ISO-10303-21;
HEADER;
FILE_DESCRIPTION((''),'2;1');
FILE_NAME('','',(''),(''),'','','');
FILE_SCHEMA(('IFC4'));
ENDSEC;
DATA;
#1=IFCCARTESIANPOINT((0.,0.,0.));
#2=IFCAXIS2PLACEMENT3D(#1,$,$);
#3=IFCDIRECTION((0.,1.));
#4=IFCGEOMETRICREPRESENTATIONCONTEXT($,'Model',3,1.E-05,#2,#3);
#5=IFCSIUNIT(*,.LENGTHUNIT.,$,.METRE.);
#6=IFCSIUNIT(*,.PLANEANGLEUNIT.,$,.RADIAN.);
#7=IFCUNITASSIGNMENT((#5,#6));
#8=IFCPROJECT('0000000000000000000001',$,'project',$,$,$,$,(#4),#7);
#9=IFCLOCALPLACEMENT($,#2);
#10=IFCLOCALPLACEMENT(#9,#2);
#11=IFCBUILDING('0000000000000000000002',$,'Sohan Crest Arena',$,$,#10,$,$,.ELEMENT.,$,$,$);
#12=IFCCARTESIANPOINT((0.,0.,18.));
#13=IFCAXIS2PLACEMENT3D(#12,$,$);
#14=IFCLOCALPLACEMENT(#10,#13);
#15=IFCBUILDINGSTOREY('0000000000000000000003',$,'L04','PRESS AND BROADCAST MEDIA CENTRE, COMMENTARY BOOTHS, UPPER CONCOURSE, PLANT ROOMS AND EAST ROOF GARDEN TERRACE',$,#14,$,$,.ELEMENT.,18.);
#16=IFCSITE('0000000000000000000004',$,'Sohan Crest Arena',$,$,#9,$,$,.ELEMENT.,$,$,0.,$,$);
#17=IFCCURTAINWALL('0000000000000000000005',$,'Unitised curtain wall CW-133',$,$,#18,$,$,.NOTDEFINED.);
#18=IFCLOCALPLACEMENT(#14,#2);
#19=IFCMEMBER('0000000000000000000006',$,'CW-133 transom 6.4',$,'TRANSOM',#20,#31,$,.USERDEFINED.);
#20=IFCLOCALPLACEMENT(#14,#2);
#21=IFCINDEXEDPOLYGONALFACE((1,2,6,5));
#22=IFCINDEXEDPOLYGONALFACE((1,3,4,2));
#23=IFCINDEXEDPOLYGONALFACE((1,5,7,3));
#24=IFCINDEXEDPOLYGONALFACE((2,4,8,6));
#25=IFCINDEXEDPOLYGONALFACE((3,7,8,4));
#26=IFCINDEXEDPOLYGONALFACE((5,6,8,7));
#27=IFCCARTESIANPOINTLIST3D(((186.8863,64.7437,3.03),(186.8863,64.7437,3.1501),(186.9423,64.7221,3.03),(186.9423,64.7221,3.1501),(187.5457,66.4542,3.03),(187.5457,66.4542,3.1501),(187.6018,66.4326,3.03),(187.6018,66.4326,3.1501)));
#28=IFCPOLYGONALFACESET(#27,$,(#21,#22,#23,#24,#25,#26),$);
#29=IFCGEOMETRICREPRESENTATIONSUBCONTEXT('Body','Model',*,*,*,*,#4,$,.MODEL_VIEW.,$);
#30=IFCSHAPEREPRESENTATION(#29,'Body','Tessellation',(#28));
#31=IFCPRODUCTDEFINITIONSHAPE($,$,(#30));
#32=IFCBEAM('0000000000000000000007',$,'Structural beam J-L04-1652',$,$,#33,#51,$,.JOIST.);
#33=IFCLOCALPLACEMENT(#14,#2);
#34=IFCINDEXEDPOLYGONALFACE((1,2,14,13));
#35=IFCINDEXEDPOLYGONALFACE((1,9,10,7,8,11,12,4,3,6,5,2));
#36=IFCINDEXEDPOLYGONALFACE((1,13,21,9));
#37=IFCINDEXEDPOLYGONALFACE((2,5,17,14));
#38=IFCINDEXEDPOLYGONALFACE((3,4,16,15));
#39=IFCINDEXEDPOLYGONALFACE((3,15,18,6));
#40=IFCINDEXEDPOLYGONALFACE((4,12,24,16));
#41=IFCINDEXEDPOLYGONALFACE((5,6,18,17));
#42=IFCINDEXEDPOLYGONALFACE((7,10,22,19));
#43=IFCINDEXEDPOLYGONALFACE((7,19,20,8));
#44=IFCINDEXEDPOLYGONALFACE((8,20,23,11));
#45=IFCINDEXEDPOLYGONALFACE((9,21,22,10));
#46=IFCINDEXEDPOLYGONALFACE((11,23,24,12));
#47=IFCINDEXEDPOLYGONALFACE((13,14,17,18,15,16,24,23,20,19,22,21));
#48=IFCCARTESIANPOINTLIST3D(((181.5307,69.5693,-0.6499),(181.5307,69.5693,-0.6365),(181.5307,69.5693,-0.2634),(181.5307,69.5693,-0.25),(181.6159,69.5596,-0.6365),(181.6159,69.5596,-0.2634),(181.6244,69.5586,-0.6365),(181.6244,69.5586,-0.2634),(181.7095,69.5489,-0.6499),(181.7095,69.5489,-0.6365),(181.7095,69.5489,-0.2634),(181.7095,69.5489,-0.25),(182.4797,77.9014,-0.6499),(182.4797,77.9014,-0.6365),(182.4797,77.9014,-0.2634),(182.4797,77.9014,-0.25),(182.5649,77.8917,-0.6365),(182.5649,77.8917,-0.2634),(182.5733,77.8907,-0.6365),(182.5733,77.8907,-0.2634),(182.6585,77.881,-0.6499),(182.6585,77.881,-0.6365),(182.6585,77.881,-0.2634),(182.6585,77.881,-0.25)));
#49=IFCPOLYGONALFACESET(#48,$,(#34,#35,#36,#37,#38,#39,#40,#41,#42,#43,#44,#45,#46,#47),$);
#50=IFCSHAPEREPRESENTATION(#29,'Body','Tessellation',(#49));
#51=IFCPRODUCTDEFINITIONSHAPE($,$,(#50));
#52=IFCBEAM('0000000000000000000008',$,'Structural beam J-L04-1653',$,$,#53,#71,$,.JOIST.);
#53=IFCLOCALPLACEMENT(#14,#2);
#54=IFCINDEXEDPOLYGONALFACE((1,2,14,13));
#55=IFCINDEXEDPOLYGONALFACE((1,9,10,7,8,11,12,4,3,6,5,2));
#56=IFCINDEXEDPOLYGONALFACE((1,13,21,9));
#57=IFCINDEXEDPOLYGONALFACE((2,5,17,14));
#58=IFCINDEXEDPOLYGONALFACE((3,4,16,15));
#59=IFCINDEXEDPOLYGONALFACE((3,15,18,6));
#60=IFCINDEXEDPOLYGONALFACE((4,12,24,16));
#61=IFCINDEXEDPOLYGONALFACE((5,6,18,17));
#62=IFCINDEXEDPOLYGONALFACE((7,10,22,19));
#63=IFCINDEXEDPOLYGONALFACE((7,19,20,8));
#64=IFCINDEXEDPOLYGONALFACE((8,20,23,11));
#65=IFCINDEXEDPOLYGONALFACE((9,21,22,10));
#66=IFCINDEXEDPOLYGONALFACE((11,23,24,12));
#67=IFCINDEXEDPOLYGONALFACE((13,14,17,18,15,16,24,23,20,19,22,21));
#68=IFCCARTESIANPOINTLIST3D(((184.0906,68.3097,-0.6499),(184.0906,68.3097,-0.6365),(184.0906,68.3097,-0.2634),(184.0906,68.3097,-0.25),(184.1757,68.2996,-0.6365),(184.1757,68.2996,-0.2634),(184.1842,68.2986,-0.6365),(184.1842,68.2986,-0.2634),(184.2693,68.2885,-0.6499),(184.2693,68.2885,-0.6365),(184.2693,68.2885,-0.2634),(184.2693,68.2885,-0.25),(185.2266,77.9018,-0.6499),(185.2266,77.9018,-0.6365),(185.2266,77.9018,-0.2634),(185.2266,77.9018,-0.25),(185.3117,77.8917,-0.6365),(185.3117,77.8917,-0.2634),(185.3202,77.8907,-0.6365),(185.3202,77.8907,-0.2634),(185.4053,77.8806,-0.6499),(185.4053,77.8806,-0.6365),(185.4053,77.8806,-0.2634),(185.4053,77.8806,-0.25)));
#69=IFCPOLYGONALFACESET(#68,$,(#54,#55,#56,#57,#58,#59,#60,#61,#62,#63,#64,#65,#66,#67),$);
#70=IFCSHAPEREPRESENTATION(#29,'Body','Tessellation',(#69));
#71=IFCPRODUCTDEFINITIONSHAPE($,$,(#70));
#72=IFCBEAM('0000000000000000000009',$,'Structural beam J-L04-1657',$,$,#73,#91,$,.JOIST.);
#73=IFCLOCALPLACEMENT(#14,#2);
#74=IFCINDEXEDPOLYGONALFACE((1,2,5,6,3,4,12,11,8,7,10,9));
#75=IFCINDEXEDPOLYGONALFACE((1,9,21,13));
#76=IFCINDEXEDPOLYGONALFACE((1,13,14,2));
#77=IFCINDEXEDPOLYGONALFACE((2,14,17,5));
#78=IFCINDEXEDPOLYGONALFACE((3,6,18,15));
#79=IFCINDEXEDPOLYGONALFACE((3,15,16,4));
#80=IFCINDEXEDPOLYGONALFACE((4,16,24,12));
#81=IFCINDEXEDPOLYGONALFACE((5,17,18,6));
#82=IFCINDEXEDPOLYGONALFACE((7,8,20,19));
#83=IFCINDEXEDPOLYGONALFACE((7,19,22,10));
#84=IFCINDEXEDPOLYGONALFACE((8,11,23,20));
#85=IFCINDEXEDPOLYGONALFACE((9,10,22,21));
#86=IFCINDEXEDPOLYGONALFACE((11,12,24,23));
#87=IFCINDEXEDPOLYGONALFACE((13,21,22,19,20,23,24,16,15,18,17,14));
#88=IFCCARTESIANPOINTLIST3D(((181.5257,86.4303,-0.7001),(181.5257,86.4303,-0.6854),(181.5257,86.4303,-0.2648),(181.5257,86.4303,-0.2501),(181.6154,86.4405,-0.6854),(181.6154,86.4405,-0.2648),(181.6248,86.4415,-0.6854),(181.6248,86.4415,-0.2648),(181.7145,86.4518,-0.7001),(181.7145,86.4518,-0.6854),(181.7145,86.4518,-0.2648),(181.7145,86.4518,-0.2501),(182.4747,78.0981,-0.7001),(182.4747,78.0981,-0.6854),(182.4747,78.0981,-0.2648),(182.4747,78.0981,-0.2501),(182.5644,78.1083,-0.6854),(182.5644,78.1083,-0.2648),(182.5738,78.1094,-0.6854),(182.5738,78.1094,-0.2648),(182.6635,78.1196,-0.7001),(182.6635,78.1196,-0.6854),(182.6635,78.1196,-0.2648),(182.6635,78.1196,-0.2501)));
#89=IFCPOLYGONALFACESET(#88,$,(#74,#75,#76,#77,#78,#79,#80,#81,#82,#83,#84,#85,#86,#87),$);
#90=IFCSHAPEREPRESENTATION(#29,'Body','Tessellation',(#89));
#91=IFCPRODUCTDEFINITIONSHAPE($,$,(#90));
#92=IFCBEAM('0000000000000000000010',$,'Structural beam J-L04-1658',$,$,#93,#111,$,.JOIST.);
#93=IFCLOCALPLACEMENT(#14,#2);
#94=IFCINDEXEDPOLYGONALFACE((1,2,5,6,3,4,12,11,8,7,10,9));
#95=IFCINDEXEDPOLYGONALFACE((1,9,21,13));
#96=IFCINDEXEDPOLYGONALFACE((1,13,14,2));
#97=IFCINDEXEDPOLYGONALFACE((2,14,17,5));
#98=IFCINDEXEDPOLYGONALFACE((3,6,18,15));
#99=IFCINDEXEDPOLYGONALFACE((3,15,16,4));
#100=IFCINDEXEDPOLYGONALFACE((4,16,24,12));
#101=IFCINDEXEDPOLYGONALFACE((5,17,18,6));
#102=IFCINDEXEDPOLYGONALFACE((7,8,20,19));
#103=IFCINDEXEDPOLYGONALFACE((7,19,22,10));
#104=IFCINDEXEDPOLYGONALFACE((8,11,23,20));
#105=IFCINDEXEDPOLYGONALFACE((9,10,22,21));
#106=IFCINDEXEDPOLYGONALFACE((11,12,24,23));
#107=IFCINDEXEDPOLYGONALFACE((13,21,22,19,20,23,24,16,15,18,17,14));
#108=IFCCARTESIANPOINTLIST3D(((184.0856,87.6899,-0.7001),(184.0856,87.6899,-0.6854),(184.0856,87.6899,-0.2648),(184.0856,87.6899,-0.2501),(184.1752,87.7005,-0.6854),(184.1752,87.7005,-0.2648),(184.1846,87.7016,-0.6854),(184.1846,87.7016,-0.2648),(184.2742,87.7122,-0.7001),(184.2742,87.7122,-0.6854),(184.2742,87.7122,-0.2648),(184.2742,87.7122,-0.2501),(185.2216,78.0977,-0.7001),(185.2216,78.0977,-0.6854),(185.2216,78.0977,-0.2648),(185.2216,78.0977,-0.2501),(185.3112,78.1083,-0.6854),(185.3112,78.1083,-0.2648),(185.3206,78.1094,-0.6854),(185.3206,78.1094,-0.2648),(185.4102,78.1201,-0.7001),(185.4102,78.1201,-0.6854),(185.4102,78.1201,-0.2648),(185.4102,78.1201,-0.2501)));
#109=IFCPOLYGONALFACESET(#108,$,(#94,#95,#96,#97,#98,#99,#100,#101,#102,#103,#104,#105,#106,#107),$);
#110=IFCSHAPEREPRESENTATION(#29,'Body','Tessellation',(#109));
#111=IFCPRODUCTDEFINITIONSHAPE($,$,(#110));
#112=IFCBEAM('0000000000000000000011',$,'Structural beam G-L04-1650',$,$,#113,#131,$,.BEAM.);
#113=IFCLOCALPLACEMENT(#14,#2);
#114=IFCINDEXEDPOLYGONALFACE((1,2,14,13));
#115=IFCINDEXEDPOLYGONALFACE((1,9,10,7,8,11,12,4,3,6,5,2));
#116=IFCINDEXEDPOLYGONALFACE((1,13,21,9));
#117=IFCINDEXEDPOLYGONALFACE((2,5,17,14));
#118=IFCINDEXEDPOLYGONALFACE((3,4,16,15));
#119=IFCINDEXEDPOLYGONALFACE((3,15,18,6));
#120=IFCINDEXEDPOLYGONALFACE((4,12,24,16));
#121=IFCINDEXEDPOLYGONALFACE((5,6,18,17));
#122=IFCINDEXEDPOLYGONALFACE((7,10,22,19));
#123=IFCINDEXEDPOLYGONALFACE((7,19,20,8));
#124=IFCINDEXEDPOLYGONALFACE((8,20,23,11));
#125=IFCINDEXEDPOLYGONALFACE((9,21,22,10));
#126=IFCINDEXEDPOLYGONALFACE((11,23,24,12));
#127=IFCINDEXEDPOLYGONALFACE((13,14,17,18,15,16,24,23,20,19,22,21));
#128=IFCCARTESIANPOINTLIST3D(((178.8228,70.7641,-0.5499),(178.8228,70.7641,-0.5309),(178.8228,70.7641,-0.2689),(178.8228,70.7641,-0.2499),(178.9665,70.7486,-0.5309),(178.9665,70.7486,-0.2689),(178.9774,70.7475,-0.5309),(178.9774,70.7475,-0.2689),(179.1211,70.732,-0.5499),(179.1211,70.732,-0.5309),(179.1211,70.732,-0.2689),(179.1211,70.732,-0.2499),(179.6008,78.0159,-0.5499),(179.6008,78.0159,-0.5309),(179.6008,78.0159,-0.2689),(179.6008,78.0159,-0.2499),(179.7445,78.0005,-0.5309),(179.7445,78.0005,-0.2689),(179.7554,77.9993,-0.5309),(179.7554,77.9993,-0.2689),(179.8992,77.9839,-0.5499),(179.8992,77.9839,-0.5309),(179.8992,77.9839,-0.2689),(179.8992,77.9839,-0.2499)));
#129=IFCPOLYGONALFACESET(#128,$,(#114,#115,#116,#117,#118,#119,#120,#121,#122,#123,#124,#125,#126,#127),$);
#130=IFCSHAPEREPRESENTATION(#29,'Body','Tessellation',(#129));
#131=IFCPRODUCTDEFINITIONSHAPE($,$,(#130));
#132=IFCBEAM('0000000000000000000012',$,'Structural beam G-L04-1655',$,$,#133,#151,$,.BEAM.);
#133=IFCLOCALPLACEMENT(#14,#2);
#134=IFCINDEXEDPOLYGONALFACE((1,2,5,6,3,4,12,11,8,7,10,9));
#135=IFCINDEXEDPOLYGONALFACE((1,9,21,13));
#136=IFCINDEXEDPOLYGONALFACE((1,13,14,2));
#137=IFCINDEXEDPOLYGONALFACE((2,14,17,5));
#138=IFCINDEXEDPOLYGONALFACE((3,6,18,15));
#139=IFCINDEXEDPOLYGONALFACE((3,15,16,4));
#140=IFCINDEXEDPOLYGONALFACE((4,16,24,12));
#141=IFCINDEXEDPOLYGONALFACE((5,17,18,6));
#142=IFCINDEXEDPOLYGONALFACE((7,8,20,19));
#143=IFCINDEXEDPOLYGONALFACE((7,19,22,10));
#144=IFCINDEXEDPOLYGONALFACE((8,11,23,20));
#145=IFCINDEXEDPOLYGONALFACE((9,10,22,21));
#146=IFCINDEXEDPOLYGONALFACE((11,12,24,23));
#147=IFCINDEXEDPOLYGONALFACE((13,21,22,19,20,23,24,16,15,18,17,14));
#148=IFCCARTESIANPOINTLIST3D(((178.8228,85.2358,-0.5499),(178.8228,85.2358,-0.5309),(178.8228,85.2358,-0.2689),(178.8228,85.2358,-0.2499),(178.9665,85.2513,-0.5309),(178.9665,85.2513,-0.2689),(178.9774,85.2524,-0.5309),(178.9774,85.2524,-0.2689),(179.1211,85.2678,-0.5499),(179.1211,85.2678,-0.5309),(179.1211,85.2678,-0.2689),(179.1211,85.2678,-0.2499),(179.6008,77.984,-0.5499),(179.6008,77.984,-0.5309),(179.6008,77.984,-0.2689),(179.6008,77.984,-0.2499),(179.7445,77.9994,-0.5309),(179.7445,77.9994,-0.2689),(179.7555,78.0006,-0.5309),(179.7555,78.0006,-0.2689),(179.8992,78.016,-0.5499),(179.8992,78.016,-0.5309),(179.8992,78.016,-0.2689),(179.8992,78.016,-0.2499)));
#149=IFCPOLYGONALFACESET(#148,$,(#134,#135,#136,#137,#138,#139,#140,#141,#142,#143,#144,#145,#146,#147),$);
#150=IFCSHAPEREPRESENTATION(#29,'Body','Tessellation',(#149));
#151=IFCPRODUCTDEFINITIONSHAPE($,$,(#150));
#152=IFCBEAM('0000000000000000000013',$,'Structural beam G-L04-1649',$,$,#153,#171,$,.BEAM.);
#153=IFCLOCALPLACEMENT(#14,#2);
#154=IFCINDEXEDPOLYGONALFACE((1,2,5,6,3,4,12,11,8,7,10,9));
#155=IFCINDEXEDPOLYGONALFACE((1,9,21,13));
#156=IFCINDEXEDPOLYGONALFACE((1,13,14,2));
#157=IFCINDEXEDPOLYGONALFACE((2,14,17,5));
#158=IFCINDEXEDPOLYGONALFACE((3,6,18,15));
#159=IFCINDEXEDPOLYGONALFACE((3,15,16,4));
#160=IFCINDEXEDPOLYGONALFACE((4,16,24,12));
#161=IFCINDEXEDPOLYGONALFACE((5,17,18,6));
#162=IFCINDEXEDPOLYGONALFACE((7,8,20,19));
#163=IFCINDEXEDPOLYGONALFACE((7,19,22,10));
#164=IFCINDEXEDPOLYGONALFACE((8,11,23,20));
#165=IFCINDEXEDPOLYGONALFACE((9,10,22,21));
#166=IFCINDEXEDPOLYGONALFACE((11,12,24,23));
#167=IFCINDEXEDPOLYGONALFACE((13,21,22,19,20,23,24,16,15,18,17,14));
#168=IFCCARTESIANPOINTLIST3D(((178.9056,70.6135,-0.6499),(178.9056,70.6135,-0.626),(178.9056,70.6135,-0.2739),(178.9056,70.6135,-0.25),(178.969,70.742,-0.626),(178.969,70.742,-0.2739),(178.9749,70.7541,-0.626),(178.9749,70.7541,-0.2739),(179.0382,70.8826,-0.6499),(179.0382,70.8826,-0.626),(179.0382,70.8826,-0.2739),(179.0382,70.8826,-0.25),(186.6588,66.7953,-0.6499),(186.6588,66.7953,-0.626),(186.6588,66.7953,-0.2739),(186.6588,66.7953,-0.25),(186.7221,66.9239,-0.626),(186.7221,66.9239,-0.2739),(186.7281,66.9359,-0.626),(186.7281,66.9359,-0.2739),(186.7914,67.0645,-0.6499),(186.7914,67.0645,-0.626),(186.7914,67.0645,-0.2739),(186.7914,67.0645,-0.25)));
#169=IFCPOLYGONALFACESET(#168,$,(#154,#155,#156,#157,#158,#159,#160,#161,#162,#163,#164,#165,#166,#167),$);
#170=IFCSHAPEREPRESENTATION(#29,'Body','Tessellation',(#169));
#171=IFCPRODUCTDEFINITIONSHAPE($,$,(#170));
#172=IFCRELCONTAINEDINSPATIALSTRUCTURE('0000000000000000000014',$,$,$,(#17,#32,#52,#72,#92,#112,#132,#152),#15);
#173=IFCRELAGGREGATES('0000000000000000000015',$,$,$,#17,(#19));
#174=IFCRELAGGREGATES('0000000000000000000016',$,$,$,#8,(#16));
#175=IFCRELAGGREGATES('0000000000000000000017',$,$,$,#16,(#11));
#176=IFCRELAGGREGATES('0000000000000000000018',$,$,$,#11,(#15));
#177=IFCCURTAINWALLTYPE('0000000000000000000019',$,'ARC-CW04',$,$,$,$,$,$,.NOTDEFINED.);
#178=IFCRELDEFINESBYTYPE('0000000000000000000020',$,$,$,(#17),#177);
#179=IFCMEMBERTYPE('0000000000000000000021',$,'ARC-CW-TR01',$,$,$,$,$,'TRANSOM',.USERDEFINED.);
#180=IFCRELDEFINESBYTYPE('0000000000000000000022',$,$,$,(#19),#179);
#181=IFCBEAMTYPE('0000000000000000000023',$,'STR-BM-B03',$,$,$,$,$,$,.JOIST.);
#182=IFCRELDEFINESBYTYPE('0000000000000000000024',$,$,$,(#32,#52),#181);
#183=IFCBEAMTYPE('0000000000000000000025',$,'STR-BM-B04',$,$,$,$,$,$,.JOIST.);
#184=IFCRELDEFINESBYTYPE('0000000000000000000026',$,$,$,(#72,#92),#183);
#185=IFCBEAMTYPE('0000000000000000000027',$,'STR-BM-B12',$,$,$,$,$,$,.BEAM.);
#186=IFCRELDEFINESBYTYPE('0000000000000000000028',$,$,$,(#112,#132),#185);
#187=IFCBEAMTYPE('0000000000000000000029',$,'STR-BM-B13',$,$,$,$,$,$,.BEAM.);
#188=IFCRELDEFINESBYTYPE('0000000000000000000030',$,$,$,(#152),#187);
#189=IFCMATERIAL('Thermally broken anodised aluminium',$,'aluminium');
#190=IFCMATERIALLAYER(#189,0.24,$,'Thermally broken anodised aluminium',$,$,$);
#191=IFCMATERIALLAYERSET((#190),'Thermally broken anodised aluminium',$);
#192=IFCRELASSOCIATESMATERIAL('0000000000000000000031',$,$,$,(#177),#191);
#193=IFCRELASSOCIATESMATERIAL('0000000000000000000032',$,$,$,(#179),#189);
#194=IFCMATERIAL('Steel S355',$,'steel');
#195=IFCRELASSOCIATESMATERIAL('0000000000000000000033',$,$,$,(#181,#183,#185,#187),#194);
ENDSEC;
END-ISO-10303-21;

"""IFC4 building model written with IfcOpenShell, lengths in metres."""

from ifc_helpers import new_model, si_unit, direction, frame, origin, origin_2d, place, context, subcontext, project, spatial, rectangle, i_section, extrude, material, layer, layer_set, material_profile, profile_set, type_object, element, aggregate, save


model = new_model("IFC4")

# Units and contexts
model_context = context("Model", 3, precision=1e-05, world=origin(), true_north=direction((0.0, 1.0)))
body_context = subcontext(model_context, "Body", "Model", "MODEL_VIEW")
ifc_project = project(units=[si_unit("LENGTHUNIT", "METRE"), si_unit("PLANEANGLEUNIT", "RADIAN")], contexts=[model_context])

# Site, building, storey
site_placement = place(None, origin())
site = spatial("IfcSite", under=ifc_project, at=site_placement, Name="Sohan Crest Arena", CompositionType="ELEMENT", RefElevation=0.0)
building_placement = place(site_placement, origin())
building = spatial("IfcBuilding", under=site, at=building_placement, Name="Sohan Crest Arena", CompositionType="ELEMENT")
storey_placement = place(building_placement, frame((0.0, 0.0, 18.0)))
storey = spatial("IfcBuildingStorey", under=building, at=storey_placement, Name="L04", Description="PRESS AND BROADCAST MEDIA CENTRE, COMMENTARY BOOTHS, UPPER CONCOURSE, PLANT ROOMS AND EAST ROOF GARDEN TERRACE", CompositionType="ELEMENT", Elevation=18.0)

# Shared definitions
ifc_material_1 = material(Name="Steel S355", Category="steel")

# Curtain wall, member
ifc_material_2 = material(Name="Thermally broken anodised aluminium", Category="aluminium")
ifc_layer_1 = layer(ifc_material_2, 0.24, Name="Thermally broken anodised aluminium")
ifc_layer_set_1 = layer_set([ifc_layer_1], Name="Thermally broken anodised aluminium")
curtain_wall_type = type_object("IfcCurtainWallType", Name="ARC-CW04", PredefinedType="NOTDEFINED", material=ifc_layer_set_1)
curtain_wall_placement = place(storey_placement, origin())
curtain_wall = element("IfcCurtainWall", 1, at=curtain_wall_placement, inside=storey, type_object=curtain_wall_type, Name="Unitised curtain wall CW-133", PredefinedType="NOTDEFINED")
ifc_material_profile_1 = material_profile(ifc_material_2, rectangle(XDim=0.0601, YDim=0.1201, at=origin_2d()), Name="ALU-TRAN 60x120")
ifc_profile_set_1 = profile_set([ifc_material_profile_1], Name="Thermally broken anodised aluminium")
member_type_1 = type_object("IfcMemberType", Name="ARC-CW-TR01", ElementType="TRANSOM", PredefinedType="USERDEFINED", material=ifc_profile_set_1)
member_1_placement = place(storey_placement, frame((186.9143, 64.7329, 3.0901), z_axis=(0.35972, 0.93306, 0.0), x_axis=(-0.93306, 0.35972, 0.0)))
member_1 = element("IfcMember", 2, at=member_1_placement, type_object=member_type_1, Name="CW-133 transom 6.4", ObjectType="TRANSOM", PredefinedType="USERDEFINED", context=body_context, shape_type="SweptSolid", body=[
    extrude(rectangle(XDim=0.0601, YDim=0.1201, at=origin_2d()), origin(), (0.0, 0.0, 1.0), 1.8333),
])

# Beams
ifc_material_profile_2 = material_profile(ifc_material_1, i_section(OverallWidth=0.1799, OverallDepth=0.3999, WebThickness=0.0085, FlangeThickness=0.0134, at=origin_2d()), Name="IPE 400")
ifc_profile_set_2 = profile_set([ifc_material_profile_2], Name="Steel S355")
beam_type_1 = type_object("IfcBeamType", Name="STR-BM-B03", PredefinedType="JOIST", material=ifc_profile_set_2)
beam_1_placement = place(storey_placement, frame((181.6201, 69.5591, -0.45), z_axis=(0.113163, 0.993576, 0.0), x_axis=(-0.993576, 0.113163, 0.0)))
element("IfcBeam", 3, at=beam_1_placement, inside=storey, type_object=beam_type_1, Name="Structural beam J-L04-1652", PredefinedType="JOIST", context=body_context, shape_type="SweptSolid", body=[
    extrude(i_section(OverallWidth=0.1799, OverallDepth=0.3999, WebThickness=0.0085, FlangeThickness=0.0134, at=origin_2d()), origin(), (0.0, 0.0, 1.0), 8.386),
])
beam_2_placement = place(storey_placement, frame((184.1799, 68.2991, -0.45), z_axis=(0.117608, 0.99306, 0.0), x_axis=(-0.99306, 0.117608, 0.0)))
element("IfcBeam", 4, at=beam_2_placement, inside=storey, type_object=beam_type_1, Name="Structural beam J-L04-1653", PredefinedType="JOIST", context=body_context, shape_type="SweptSolid", body=[
    extrude(i_section(OverallWidth=0.1799, OverallDepth=0.3999, WebThickness=0.0085, FlangeThickness=0.0134, at=origin_2d()), origin(), (0.0, 0.0, 1.0), 9.6592),
])
ifc_material_profile_3 = material_profile(ifc_material_1, i_section(OverallWidth=0.1899, OverallDepth=0.45, WebThickness=0.0095, FlangeThickness=0.0146, at=origin_2d()), Name="IPE 450")
ifc_profile_set_3 = profile_set([ifc_material_profile_3], Name="Steel S355")
beam_type_2 = type_object("IfcBeamType", Name="STR-BM-B04", PredefinedType="JOIST", material=ifc_profile_set_3)
beam_3_placement = place(storey_placement, frame((182.5691, 78.1089, -0.4751), z_axis=(-0.113163, 0.993576, 0.0), x_axis=(-0.993576, -0.113163, 0.0)))
element("IfcBeam", 5, at=beam_3_placement, inside=storey, type_object=beam_type_2, Name="Structural beam J-L04-1657", PredefinedType="JOIST", context=body_context, shape_type="SweptSolid", body=[
    extrude(i_section(OverallWidth=0.1899, OverallDepth=0.45, WebThickness=0.0095, FlangeThickness=0.0146, at=origin_2d()), origin(), (0.0, 0.0, 1.0), 8.386),
])
beam_4_placement = place(storey_placement, frame((185.3159, 78.1089, -0.4751), z_axis=(-0.117608, 0.99306, 0.0), x_axis=(-0.99306, -0.117608, 0.0)))
element("IfcBeam", 6, at=beam_4_placement, inside=storey, type_object=beam_type_2, Name="Structural beam J-L04-1658", PredefinedType="JOIST", context=body_context, shape_type="SweptSolid", body=[
    extrude(i_section(OverallWidth=0.1899, OverallDepth=0.45, WebThickness=0.0095, FlangeThickness=0.0146, at=origin_2d()), origin(), (0.0, 0.0, 1.0), 9.6592),
])
ifc_material_profile_4 = material_profile(ifc_material_1, i_section(OverallWidth=0.3, OverallDepth=0.3, WebThickness=0.011, FlangeThickness=0.019, at=origin_2d()), Name="HEB 300")
ifc_profile_set_4 = profile_set([ifc_material_profile_4], Name="Steel S355")
beam_type_3 = type_object("IfcBeamType", Name="STR-BM-B12", PredefinedType="BEAM", material=ifc_profile_set_4)
for number, where, z_axis, x_axis, name in (
    (7, (178.9719, 70.748, -0.3999), (0.10668, 0.994293, 0.0), (-0.994293, 0.10668, 0.0), "Structural beam G-L04-1650"),
    (8, (179.75, 78.0, -0.3999), (-0.10668, 0.994293, 0.0), (-0.994293, -0.10668, 0.0), "Structural beam G-L04-1655"),
):
    element("IfcBeam", number, at=place(storey_placement, frame(where, z_axis=z_axis, x_axis=x_axis)), inside=storey, type_object=beam_type_3, Name=name, PredefinedType="BEAM", context=body_context, shape_type="SweptSolid", body=[
        extrude(i_section(OverallWidth=0.3, OverallDepth=0.3, WebThickness=0.011, FlangeThickness=0.019, at=origin_2d()), origin(), (0.0, 0.0, 1.0), 7.2935),
    ])
ifc_material_profile_5 = material_profile(ifc_material_1, i_section(OverallWidth=0.3, OverallDepth=0.3999, WebThickness=0.0134, FlangeThickness=0.0239, at=origin_2d()), Name="HEB 400")
ifc_profile_set_5 = profile_set([ifc_material_profile_5], Name="Steel S355")
beam_type_4 = type_object("IfcBeamType", Name="STR-BM-B13", PredefinedType="BEAM", material=ifc_profile_set_5)
beam_5_placement = place(storey_placement, frame((178.9719, 70.748, -0.45), z_axis=(0.897117, -0.441793, 0.0), x_axis=(0.441793, 0.897117, 0.0)))
element("IfcBeam", 9, at=beam_5_placement, inside=storey, type_object=beam_type_4, Name="Structural beam G-L04-1649", PredefinedType="BEAM", context=body_context, shape_type="SweptSolid", body=[
    extrude(i_section(OverallWidth=0.3, OverallDepth=0.3999, WebThickness=0.0134, FlangeThickness=0.0239, at=origin_2d()), origin(), (0.0, 0.0, 1.0), 8.6423),
])

aggregate(curtain_wall, [member_1])

save(model, "model.ifc")
